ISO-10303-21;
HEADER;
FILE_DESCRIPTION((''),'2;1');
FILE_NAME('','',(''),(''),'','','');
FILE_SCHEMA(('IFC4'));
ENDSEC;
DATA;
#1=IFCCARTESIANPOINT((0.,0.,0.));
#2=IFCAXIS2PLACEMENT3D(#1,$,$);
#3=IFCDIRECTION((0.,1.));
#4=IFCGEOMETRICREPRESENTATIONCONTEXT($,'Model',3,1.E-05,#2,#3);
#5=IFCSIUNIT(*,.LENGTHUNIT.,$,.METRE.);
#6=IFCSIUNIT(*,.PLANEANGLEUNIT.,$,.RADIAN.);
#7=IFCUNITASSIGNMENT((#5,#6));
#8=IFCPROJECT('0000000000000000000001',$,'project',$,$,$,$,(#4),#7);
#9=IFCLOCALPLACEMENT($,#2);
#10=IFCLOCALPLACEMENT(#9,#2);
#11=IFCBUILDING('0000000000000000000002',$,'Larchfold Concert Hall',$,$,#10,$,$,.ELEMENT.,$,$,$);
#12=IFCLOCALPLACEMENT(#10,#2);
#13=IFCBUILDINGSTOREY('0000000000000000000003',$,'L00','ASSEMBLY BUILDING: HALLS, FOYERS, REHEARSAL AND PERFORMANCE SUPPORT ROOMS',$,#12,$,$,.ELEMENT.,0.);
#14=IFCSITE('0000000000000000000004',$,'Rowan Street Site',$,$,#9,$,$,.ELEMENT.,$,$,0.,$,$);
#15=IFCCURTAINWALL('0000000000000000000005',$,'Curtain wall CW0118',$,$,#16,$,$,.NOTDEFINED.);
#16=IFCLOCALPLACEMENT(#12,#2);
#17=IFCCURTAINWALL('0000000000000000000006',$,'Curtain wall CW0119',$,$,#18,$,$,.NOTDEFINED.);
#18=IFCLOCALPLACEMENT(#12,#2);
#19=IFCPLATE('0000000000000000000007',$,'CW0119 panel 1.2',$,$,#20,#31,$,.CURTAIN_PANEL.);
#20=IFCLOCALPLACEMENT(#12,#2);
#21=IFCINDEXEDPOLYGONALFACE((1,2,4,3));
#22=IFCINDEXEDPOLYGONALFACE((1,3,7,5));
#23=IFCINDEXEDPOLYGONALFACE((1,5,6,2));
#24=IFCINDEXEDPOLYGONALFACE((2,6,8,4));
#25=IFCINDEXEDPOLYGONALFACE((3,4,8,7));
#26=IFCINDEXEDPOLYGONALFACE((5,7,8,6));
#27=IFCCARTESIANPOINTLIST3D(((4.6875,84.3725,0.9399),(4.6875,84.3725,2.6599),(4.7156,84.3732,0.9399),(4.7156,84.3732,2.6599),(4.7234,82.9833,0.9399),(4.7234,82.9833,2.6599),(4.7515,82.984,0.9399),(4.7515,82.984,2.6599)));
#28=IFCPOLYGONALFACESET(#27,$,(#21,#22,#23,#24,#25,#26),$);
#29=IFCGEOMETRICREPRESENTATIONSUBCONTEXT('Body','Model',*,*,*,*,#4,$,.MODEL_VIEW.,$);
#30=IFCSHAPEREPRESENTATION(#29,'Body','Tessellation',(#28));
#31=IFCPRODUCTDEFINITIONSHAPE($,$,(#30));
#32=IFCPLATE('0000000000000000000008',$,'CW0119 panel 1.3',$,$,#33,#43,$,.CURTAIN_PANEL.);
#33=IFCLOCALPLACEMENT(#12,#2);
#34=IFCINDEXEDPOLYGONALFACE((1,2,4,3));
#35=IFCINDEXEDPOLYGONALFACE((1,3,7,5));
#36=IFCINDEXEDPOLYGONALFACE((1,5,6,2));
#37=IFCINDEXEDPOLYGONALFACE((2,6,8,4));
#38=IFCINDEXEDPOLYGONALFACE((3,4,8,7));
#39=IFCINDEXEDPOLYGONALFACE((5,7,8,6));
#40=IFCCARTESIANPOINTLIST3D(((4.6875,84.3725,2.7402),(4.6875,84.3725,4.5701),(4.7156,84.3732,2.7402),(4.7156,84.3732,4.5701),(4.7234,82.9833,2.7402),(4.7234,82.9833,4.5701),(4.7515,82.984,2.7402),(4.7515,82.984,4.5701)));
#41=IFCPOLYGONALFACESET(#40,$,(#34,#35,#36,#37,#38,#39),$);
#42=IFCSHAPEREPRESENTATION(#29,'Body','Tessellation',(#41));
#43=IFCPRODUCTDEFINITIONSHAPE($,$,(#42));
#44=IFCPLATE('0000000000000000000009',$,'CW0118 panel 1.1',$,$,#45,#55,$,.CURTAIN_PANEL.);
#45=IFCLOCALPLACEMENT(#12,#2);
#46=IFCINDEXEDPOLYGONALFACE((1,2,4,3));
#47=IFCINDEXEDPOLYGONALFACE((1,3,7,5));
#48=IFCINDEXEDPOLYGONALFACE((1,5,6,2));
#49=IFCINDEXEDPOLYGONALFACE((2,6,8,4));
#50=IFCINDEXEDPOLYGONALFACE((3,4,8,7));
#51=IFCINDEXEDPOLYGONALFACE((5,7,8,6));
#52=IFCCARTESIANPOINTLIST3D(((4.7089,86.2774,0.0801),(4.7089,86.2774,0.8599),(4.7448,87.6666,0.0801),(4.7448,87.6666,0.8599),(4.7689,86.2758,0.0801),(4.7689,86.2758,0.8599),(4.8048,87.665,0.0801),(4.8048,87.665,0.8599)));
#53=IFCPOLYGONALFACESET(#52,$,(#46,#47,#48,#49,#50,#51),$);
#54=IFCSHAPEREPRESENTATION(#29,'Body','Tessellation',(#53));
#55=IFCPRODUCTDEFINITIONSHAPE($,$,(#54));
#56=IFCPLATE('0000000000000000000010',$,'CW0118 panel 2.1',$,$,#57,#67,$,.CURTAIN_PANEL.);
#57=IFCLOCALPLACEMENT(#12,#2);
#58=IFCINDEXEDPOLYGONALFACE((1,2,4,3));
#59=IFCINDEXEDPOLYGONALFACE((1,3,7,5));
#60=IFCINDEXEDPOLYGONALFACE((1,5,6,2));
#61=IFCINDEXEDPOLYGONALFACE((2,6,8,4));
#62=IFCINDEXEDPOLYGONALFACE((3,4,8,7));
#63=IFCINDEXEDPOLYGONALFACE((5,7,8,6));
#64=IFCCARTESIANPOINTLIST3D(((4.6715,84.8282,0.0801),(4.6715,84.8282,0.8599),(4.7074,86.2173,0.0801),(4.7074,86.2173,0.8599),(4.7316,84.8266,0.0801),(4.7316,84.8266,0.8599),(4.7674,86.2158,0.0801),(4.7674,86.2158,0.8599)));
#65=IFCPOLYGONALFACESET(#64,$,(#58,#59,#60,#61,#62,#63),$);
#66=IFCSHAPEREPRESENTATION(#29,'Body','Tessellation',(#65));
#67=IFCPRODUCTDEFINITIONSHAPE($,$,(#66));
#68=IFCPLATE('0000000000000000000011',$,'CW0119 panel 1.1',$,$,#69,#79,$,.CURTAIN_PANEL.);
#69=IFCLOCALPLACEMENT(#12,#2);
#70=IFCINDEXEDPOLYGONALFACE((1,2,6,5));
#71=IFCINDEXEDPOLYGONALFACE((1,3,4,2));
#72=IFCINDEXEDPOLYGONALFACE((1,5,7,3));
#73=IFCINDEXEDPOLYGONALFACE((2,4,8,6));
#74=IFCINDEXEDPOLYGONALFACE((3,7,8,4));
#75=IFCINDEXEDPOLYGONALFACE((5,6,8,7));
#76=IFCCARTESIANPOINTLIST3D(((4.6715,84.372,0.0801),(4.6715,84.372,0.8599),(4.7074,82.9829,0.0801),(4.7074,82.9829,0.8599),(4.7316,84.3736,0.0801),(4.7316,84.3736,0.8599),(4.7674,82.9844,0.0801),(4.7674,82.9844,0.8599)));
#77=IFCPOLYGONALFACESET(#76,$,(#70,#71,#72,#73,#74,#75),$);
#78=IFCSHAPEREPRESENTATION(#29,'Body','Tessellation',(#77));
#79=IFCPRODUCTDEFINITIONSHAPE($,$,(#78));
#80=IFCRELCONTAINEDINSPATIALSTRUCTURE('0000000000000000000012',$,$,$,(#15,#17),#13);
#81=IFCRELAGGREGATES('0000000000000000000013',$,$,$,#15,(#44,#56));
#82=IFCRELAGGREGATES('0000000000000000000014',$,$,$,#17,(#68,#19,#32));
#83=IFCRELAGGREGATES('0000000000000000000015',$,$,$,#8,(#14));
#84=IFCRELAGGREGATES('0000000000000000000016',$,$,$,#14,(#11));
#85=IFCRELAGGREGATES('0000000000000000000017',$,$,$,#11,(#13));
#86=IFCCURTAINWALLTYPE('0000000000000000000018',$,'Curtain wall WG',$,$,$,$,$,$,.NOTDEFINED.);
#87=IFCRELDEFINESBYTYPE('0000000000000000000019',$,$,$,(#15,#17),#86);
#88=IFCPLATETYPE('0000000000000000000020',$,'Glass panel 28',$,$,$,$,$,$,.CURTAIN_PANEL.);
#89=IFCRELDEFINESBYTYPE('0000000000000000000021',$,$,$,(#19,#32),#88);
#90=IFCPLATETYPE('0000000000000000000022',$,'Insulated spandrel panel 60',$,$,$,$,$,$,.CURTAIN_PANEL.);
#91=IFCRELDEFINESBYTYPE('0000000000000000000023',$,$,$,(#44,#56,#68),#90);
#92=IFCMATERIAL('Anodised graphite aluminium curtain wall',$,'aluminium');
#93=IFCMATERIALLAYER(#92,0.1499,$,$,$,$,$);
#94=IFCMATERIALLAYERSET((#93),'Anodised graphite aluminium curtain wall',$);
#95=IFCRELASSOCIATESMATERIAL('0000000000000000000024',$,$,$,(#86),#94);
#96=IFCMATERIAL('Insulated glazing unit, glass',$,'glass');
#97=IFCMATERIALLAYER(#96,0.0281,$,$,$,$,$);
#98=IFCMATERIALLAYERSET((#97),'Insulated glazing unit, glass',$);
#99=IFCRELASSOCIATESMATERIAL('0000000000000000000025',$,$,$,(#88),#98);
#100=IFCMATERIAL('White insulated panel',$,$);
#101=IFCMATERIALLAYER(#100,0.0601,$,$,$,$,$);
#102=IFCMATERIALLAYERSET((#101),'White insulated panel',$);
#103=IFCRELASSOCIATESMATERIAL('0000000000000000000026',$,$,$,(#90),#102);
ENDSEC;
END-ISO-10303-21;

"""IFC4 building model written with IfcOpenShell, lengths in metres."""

from ifc_helpers import new_model, si_unit, direction, frame, origin, origin_2d, place, context, subcontext, project, spatial, rectangle, extrude, material, layer, layer_set, type_object, element, aggregate, save


model = new_model("IFC4")

# Units and contexts
model_context = context("Model", 3, precision=1e-05, world=origin(), true_north=direction((0.0, 1.0)))
body_context = subcontext(model_context, "Body", "Model", "MODEL_VIEW")
ifc_project = project(units=[si_unit("LENGTHUNIT", "METRE"), si_unit("PLANEANGLEUNIT", "RADIAN")], contexts=[model_context])

# Site, building, storey
site_placement = place(None, origin())
site = spatial("IfcSite", under=ifc_project, at=site_placement, Name="Rowan Street Site", CompositionType="ELEMENT", RefElevation=0.0)
building_placement = place(site_placement, origin())
building = spatial("IfcBuilding", under=site, at=building_placement, Name="Larchfold Concert Hall", CompositionType="ELEMENT")
storey_placement = place(building_placement, origin())
storey = spatial("IfcBuildingStorey", under=building, at=storey_placement, Name="L00", Description="ASSEMBLY BUILDING: HALLS, FOYERS, REHEARSAL AND PERFORMANCE SUPPORT ROOMS", CompositionType="ELEMENT", Elevation=0.0)

# Shared definitions
ifc_material_1 = material(Name="Anodised graphite aluminium curtain wall", Category="aluminium")
ifc_layer_1 = layer(ifc_material_1, 0.1499)
ifc_layer_set_1 = layer_set([ifc_layer_1], Name="Anodised graphite aluminium curtain wall")
curtain_wall_type = type_object("IfcCurtainWallType", Name="Curtain wall WG", PredefinedType="NOTDEFINED", material=ifc_layer_set_1)

# Curtain walls
curtain_wall_1_placement = place(storey_placement, origin())
curtain_wall_1 = element("IfcCurtainWall", 1, at=curtain_wall_1_placement, inside=storey, type_object=curtain_wall_type, Name="Curtain wall CW0118", PredefinedType="NOTDEFINED")
curtain_wall_2_placement = place(storey_placement, origin())
curtain_wall_2 = element("IfcCurtainWall", 2, at=curtain_wall_2_placement, inside=storey, type_object=curtain_wall_type, Name="Curtain wall CW0119", PredefinedType="NOTDEFINED")

# Plates
ifc_material_2 = material(Name="Insulated glazing unit, glass", Category="glass")
ifc_layer_2 = layer(ifc_material_2, 0.0281)
ifc_layer_set_2 = layer_set([ifc_layer_2], Name="Insulated glazing unit, glass")
plate_type_1 = type_object("IfcPlateType", Name="Glass panel 28", PredefinedType="CURTAIN_PANEL", material=ifc_layer_set_2)
plate_1_placement = place(storey_placement, frame((4.7195, 83.6782, 0.9399), z_axis=(0.0, 0.0, 1.0), x_axis=(0.025821, -0.999667, 0.0)))
plate_1 = element("IfcPlate", 3, at=plate_1_placement, type_object=plate_type_1, Name="CW0119 panel 1.2", PredefinedType="CURTAIN_PANEL", context=body_context, shape_type="SweptSolid", body=[
    extrude(rectangle(XDim=1.3896, YDim=0.0281, at=origin_2d()), origin(), (0.0, 0.0, 1.0), 1.72),
])
plate_2_placement = place(storey_placement, frame((4.7195, 83.6782, 2.7402), z_axis=(0.0, 0.0, 1.0), x_axis=(0.025821, -0.999667, 0.0)))
plate_2 = element("IfcPlate", 4, at=plate_2_placement, type_object=plate_type_1, Name="CW0119 panel 1.3", PredefinedType="CURTAIN_PANEL", context=body_context, shape_type="SweptSolid", body=[
    extrude(rectangle(XDim=1.3896, YDim=0.0281, at=origin_2d()), origin(), (0.0, 0.0, 1.0), 1.8298),
])
ifc_material_3 = material(Name="White insulated panel")
ifc_layer_3 = layer(ifc_material_3, 0.0601)
ifc_layer_set_3 = layer_set([ifc_layer_3], Name="White insulated panel")
plate_type_2 = type_object("IfcPlateType", Name="Insulated spandrel panel 60", PredefinedType="CURTAIN_PANEL", material=ifc_layer_set_3)
plate_3_placement = place(storey_placement, frame((4.7568, 86.9712, 0.0801), z_axis=(0.0, 0.0, 1.0), x_axis=(-0.025821, -0.999667, 0.0)))
plate_3 = element("IfcPlate", 5, at=plate_3_placement, type_object=plate_type_2, Name="CW0118 panel 1.1", PredefinedType="CURTAIN_PANEL", context=body_context, shape_type="SweptSolid", body=[
    extrude(rectangle(XDim=1.3896, YDim=0.0601, at=origin_2d()), origin(), (0.0, 0.0, 1.0), 0.7798),
])
plate_4_placement = place(storey_placement, frame((4.7195, 85.522, 0.0801), z_axis=(0.0, 0.0, 1.0), x_axis=(-0.025821, -0.999667, 0.0)))
plate_4 = element("IfcPlate", 6, at=plate_4_placement, type_object=plate_type_2, Name="CW0118 panel 2.1", PredefinedType="CURTAIN_PANEL", context=body_context, shape_type="SweptSolid", body=[
    extrude(rectangle(XDim=1.3896, YDim=0.0601, at=origin_2d()), origin(), (0.0, 0.0, 1.0), 0.7798),
])
aggregate(curtain_wall_1, [plate_3, plate_4])
plate_5_placement = place(storey_placement, frame((4.7195, 83.6782, 0.0801), z_axis=(0.0, 0.0, 1.0), x_axis=(0.025821, -0.999667, 0.0)))
plate_5 = element("IfcPlate", 7, at=plate_5_placement, type_object=plate_type_2, Name="CW0119 panel 1.1", PredefinedType="CURTAIN_PANEL", context=body_context, shape_type="SweptSolid", body=[
    extrude(rectangle(XDim=1.3896, YDim=0.0601, at=origin_2d()), origin(), (0.0, 0.0, 1.0), 0.7798),
])
aggregate(curtain_wall_2, [plate_5, plate_1, plate_2])

save(model, "model.ifc")
